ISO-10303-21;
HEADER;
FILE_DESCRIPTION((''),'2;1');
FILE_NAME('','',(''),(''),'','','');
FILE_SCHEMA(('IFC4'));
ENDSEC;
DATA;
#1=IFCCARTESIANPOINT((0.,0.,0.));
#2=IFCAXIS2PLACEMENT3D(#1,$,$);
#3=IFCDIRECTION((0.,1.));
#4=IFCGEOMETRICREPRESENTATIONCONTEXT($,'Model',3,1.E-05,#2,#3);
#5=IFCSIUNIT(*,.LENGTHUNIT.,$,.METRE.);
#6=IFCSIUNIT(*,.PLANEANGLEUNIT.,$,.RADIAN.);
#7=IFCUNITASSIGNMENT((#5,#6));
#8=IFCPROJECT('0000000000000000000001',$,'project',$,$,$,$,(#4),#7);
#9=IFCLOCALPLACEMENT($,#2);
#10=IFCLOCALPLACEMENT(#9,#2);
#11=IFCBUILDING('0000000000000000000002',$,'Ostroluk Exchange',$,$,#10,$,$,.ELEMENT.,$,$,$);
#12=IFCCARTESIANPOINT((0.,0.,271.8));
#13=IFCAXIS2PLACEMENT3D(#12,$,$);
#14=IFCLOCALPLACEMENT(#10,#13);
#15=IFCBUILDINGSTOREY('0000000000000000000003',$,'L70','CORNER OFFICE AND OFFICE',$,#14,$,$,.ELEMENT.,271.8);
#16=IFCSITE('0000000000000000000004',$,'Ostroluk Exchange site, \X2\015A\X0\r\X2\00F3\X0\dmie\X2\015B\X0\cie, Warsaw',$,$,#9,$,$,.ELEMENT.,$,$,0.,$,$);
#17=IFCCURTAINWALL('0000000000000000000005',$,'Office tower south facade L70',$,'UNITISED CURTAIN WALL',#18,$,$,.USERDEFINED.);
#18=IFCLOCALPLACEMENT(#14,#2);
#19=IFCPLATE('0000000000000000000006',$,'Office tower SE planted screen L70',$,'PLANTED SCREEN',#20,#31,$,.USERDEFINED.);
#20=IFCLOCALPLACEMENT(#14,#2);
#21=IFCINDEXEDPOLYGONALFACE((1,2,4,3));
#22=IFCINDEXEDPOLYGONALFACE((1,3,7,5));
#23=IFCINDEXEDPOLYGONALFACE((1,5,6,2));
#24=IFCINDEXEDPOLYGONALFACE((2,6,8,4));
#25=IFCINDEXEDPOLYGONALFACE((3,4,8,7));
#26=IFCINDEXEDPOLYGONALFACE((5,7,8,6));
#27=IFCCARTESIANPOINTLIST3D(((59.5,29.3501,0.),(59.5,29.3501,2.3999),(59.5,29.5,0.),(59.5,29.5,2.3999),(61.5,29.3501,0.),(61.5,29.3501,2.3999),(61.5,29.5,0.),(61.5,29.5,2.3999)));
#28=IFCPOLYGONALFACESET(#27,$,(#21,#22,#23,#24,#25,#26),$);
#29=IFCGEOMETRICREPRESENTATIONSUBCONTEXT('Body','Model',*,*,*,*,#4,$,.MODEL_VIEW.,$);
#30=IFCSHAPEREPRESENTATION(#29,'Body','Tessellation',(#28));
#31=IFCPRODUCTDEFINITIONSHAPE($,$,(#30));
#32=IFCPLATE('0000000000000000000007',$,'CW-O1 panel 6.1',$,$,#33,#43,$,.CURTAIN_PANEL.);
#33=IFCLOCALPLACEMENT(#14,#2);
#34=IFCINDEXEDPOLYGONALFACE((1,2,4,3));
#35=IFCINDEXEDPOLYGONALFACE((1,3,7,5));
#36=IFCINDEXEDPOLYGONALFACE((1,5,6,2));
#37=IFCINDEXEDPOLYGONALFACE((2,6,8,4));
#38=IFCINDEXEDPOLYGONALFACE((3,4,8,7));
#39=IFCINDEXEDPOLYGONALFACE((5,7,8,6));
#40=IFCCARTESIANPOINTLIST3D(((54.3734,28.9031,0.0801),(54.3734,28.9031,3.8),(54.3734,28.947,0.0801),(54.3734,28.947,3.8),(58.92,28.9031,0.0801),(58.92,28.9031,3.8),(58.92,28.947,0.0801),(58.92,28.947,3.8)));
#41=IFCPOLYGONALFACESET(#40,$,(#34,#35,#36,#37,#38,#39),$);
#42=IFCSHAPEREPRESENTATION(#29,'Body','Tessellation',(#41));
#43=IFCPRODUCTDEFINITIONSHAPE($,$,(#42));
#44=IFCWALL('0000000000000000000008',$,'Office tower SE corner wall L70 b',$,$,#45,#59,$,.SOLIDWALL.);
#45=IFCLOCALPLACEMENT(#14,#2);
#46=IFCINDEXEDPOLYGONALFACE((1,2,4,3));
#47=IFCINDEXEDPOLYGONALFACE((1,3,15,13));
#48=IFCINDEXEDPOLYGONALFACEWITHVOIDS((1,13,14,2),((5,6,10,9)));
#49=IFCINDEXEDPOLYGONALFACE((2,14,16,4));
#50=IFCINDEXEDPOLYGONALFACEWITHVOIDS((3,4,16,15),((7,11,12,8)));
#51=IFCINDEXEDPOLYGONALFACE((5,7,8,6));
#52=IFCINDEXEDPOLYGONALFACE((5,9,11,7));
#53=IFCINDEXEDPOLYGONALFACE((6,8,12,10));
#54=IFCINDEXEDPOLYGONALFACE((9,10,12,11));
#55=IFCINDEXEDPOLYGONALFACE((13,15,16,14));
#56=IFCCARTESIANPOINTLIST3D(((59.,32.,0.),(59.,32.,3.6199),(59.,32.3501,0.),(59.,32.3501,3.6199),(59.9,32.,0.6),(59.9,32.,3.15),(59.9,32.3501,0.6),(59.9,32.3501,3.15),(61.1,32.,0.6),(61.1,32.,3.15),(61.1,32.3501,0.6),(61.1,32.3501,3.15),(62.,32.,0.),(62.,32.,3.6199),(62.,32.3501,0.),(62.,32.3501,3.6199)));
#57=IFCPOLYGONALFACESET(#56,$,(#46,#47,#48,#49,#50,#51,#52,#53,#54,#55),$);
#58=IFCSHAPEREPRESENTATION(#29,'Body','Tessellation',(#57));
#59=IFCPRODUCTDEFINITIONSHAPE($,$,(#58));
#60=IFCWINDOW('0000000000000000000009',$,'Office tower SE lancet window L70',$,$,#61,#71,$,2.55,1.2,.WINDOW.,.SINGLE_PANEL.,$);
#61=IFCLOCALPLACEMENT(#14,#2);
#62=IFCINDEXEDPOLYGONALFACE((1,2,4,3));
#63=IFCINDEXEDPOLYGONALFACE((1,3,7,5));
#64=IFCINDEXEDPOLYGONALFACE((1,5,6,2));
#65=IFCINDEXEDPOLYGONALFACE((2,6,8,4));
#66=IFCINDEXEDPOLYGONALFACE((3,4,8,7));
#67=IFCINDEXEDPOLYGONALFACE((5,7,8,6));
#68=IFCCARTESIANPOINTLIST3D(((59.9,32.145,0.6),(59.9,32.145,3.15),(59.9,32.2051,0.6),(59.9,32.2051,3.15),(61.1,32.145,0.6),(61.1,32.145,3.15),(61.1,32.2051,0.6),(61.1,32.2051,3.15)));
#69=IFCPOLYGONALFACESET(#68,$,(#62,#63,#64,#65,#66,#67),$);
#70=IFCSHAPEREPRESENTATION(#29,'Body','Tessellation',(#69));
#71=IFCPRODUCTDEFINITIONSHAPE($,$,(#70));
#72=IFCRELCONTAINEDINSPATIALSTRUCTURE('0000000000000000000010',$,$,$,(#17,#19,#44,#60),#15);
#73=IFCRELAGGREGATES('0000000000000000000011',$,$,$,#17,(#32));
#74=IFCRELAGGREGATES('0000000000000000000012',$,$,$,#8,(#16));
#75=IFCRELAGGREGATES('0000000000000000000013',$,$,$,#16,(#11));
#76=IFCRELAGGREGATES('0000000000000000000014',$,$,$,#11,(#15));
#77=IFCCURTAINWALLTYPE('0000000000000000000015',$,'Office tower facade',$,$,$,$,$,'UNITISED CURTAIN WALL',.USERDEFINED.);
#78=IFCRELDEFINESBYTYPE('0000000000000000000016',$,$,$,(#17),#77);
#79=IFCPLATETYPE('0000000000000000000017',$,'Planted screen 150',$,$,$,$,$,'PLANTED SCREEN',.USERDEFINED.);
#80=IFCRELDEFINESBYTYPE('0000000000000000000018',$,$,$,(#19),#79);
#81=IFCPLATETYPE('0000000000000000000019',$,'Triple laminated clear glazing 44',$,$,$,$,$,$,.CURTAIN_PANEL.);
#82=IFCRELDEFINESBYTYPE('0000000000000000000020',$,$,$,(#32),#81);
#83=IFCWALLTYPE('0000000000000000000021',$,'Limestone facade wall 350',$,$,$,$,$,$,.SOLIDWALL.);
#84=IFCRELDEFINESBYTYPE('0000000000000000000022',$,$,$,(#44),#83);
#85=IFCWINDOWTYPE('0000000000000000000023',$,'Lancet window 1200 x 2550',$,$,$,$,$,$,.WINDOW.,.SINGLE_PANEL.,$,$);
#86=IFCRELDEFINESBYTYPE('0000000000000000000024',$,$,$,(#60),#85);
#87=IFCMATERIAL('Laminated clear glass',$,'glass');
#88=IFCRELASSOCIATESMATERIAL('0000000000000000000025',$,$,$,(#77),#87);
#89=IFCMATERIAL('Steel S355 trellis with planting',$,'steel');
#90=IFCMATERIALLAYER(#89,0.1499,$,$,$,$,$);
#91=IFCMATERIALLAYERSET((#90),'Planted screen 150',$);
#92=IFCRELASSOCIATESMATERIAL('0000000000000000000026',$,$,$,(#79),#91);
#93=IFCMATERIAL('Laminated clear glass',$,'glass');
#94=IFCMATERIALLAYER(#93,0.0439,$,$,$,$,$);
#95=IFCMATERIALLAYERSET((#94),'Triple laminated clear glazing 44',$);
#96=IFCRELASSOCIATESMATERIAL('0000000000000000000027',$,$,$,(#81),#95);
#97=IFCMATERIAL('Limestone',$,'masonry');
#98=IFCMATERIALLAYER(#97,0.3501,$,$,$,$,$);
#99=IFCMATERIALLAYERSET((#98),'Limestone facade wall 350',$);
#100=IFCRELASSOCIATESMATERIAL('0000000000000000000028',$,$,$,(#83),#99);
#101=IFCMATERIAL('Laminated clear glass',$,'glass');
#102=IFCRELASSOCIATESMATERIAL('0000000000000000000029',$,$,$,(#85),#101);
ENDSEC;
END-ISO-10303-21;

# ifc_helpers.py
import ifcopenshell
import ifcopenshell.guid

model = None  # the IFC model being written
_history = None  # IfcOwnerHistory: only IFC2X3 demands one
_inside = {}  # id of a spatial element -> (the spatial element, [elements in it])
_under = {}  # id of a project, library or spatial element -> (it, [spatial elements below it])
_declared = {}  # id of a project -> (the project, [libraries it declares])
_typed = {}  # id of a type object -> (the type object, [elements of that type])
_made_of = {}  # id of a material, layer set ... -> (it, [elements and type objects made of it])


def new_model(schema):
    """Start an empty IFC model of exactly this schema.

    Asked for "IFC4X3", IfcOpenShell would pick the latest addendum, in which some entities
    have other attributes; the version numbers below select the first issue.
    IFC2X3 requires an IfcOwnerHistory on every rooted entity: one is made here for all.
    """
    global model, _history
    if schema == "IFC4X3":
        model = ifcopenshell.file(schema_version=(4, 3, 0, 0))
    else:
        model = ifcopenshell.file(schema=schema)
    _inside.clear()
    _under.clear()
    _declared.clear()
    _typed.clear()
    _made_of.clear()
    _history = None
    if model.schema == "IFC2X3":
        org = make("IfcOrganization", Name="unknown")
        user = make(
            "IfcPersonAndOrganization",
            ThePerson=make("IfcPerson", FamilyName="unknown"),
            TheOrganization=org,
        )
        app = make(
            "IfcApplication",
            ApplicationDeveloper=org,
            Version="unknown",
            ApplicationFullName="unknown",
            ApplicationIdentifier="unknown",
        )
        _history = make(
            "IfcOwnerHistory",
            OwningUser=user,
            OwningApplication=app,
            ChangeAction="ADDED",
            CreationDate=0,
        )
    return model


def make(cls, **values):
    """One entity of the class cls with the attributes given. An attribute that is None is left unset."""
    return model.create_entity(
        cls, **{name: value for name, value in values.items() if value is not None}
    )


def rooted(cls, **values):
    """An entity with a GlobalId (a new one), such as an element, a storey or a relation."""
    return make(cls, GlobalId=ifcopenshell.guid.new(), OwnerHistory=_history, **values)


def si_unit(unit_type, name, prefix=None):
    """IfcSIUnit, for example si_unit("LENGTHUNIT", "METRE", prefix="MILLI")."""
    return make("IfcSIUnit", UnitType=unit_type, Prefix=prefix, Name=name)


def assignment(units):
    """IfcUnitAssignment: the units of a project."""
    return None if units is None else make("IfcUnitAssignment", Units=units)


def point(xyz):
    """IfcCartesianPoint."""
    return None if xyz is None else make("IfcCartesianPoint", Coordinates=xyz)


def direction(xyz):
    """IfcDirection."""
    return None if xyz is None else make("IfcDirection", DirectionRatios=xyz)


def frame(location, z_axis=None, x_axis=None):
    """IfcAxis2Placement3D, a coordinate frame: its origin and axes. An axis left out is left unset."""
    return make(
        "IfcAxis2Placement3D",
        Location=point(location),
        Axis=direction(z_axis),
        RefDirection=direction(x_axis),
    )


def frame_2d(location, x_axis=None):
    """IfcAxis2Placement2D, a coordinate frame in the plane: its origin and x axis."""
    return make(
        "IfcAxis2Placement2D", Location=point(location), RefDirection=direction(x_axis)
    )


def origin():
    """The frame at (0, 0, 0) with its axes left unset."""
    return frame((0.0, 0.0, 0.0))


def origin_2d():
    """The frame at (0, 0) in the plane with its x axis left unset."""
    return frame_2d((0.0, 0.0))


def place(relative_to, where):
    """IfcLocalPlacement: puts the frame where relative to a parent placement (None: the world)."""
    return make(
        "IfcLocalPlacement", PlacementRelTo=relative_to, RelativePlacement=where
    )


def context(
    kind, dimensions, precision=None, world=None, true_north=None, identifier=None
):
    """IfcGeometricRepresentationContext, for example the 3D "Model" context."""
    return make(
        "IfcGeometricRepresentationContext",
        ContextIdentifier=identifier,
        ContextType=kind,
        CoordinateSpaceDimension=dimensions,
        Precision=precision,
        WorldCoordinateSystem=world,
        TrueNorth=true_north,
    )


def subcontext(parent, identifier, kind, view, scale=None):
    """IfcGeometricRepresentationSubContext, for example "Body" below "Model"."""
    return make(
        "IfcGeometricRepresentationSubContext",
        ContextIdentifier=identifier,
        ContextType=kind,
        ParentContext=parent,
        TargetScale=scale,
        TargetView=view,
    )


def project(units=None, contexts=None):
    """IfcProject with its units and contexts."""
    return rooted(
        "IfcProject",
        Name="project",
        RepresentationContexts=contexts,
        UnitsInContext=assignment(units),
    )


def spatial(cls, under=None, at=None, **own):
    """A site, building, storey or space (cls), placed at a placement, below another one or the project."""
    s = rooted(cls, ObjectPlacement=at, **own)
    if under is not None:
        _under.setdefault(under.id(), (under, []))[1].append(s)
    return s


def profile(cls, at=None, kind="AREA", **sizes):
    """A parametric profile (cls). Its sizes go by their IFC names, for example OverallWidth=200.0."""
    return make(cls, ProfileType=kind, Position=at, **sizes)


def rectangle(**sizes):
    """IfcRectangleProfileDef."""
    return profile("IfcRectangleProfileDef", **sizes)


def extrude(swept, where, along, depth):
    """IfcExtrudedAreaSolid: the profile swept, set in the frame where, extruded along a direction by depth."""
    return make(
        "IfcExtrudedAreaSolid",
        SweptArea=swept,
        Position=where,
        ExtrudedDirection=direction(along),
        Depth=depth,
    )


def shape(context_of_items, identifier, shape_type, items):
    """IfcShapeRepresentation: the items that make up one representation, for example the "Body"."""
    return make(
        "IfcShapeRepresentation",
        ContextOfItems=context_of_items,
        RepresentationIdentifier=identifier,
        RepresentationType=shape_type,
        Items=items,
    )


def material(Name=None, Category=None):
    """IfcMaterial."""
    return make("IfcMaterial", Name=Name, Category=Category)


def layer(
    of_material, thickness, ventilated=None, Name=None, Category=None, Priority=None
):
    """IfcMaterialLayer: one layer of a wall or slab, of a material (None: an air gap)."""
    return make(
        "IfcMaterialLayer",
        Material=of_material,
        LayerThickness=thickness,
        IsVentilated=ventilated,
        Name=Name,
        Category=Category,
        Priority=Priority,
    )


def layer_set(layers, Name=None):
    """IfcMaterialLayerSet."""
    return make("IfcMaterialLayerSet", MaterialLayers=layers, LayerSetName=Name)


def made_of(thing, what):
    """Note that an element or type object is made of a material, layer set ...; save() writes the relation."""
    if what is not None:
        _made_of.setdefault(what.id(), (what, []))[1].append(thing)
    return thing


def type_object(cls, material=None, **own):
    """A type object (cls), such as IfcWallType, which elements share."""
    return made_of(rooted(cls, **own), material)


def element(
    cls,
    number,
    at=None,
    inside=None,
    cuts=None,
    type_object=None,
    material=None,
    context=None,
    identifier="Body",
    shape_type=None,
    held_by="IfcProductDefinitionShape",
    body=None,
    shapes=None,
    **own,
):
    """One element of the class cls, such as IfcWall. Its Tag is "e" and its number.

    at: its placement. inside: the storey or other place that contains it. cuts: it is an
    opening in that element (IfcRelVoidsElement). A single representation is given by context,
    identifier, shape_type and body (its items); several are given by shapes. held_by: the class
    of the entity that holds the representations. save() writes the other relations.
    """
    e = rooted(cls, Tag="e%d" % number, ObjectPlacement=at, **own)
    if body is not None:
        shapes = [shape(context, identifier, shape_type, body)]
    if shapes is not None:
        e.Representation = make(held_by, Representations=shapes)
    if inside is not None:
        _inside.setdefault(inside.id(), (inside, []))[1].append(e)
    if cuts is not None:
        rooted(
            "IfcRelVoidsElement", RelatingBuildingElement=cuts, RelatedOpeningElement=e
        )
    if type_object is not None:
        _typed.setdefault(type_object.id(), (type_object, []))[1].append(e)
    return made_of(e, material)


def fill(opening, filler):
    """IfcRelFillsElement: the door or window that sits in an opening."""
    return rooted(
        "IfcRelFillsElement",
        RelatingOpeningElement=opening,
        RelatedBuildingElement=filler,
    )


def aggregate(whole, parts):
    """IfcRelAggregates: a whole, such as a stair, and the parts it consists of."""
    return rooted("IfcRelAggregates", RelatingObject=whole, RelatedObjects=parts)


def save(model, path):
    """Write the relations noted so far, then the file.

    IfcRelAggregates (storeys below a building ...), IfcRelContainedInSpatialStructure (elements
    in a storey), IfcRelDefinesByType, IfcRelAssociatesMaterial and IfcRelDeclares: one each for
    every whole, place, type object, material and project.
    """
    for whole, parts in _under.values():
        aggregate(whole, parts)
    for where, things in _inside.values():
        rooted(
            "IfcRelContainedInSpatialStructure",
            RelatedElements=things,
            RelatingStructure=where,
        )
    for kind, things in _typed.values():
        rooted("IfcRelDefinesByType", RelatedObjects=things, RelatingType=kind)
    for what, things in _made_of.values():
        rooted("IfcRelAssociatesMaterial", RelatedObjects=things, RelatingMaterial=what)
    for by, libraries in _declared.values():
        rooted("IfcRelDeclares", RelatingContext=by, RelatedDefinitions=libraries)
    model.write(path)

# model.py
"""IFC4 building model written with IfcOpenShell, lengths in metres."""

from ifc_helpers import new_model, si_unit, direction, frame, frame_2d, origin, origin_2d, place, context, subcontext, project, spatial, rectangle, extrude, material, layer, layer_set, type_object, element, fill, aggregate, save


model = new_model("IFC4")

# Units and contexts
model_context = context("Model", 3, precision=1e-05, world=origin(), true_north=direction((0.0, 1.0)))
body_context = subcontext(model_context, "Body", "Model", "MODEL_VIEW")
ifc_project = project(units=[si_unit("LENGTHUNIT", "METRE"), si_unit("PLANEANGLEUNIT", "RADIAN")], contexts=[model_context])

# Site, building, storey
site_placement = place(None, origin())
site = spatial("IfcSite", under=ifc_project, at=site_placement, Name="Ostroluk Exchange site, Śródmieście, Warsaw", CompositionType="ELEMENT", RefElevation=0.0)
building_placement = place(site_placement, origin())
building = spatial("IfcBuilding", under=site, at=building_placement, Name="Ostroluk Exchange", CompositionType="ELEMENT")
storey_placement = place(building_placement, frame((0.0, 0.0, 271.8)))
storey = spatial("IfcBuildingStorey", under=building, at=storey_placement, Name="L70", Description="CORNER OFFICE AND OFFICE", CompositionType="ELEMENT", Elevation=271.8)

# Curtain wall
ifc_material_1 = material(Name="Laminated clear glass", Category="glass")
curtain_wall_type = type_object("IfcCurtainWallType", Name="Office tower facade", ElementType="UNITISED CURTAIN WALL", PredefinedType="USERDEFINED", material=ifc_material_1)
curtain_wall_1_placement = place(storey_placement, origin())
curtain_wall_1 = element("IfcCurtainWall", 1, at=curtain_wall_1_placement, inside=storey, type_object=curtain_wall_type, Name="Office tower south facade L70", ObjectType="UNITISED CURTAIN WALL", PredefinedType="USERDEFINED")

# Plates
ifc_material_2 = material(Name="Steel S355 trellis with planting", Category="steel")
ifc_layer_1 = layer(ifc_material_2, 0.1499)
ifc_layer_set_1 = layer_set([ifc_layer_1], Name="Planted screen 150")
plate_type_1 = type_object("IfcPlateType", Name="Planted screen 150", ElementType="PLANTED SCREEN", PredefinedType="USERDEFINED", material=ifc_layer_set_1)
plate_1_placement = place(storey_placement, frame((60.5, 29.425, 0.0), z_axis=(0.0, 0.0, 1.0), x_axis=(1.0, 0.0, 0.0)))
element("IfcPlate", 2, at=plate_1_placement, inside=storey, type_object=plate_type_1, Name="Office tower SE planted screen L70", ObjectType="PLANTED SCREEN", PredefinedType="USERDEFINED", context=body_context, shape_type="SweptSolid", body=[
    extrude(rectangle(XDim=2.0, YDim=0.1499, at=origin_2d()), origin(), (0.0, 0.0, 1.0), 2.3999),
])
ifc_material_3 = material(Name="Laminated clear glass", Category="glass")
ifc_layer_2 = layer(ifc_material_3, 0.0439)
ifc_layer_set_2 = layer_set([ifc_layer_2], Name="Triple laminated clear glazing 44")
plate_type_2 = type_object("IfcPlateType", Name="Triple laminated clear glazing 44", PredefinedType="CURTAIN_PANEL", material=ifc_layer_set_2)
plate_2_placement = place(storey_placement, frame((56.6467, 28.925, 0.0801), z_axis=(0.0, 0.0, 1.0), x_axis=(1.0, 0.0, 0.0)))
plate_2 = element("IfcPlate", 3, at=plate_2_placement, type_object=plate_type_2, Name="CW-O1 panel 6.1", PredefinedType="CURTAIN_PANEL", context=body_context, shape_type="SweptSolid", body=[
    extrude(rectangle(XDim=4.5466, YDim=0.0439, at=origin_2d()), origin(), (0.0, 0.0, 1.0), 3.72),
])
aggregate(curtain_wall_1, [plate_2])

# Shared definitions
ifc_material_4 = material(Name="Limestone", Category="masonry")
ifc_layer_3 = layer(ifc_material_4, 0.3501)
ifc_layer_set_3 = layer_set([ifc_layer_3], Name="Limestone facade wall 350")
wall_type = type_object("IfcWallType", Name="Limestone facade wall 350", PredefinedType="SOLIDWALL", material=ifc_layer_set_3)

# Wall, opening, window
wall_1_placement = place(storey_placement, frame((59.0, 32.175, 0.0), z_axis=(0.0, 0.0, 1.0), x_axis=(1.0, 0.0, 0.0)))
wall_1 = element("IfcWall", 4, at=wall_1_placement, inside=storey, type_object=wall_type, Name="Office tower SE corner wall L70 b", PredefinedType="SOLIDWALL", context=body_context, shape_type="SweptSolid", body=[
    extrude(rectangle(XDim=3.0, YDim=0.3501, at=frame_2d((1.5, 0.0))), origin(), (0.0, 0.0, 1.0), 3.6199),
])
opening_1_placement = place(wall_1_placement, frame((0.8999, 0.0, 0.6001)))
opening_1 = element("IfcOpeningElement", 5, at=opening_1_placement, cuts=wall_1, PredefinedType="OPENING", context=body_context, shape_type="SweptSolid", body=[
    extrude(rectangle(XDim=1.2, YDim=2.55, at=frame_2d((0.6001, 1.2749))), frame((0.0, 0.1851, 0.0), z_axis=(0.0, -1.0, 0.0), x_axis=(1.0, 0.0, 0.0)), (0.0, 0.0, 1.0), 0.3701),
])
ifc_material_5 = material(Name="Laminated clear glass", Category="glass")
window_type = type_object("IfcWindowType", Name="Lancet window 1200 x 2550", PartitioningType="SINGLE_PANEL", PredefinedType="WINDOW", material=ifc_material_5)
window_placement = place(opening_1_placement, origin())
window = element("IfcWindow", 6, at=window_placement, inside=storey, type_object=window_type, Name="Office tower SE lancet window L70", OverallHeight=2.55, OverallWidth=1.2, PartitioningType="SINGLE_PANEL", PredefinedType="WINDOW", context=body_context, shape_type="SweptSolid", body=[
    extrude(rectangle(XDim=1.2, YDim=2.55, at=frame_2d((0.6001, 1.2749))), frame((0.0, 0.03, 0.0), z_axis=(0.0, -1.0, 0.0), x_axis=(1.0, 0.0, 0.0)), (0.0, 0.0, 1.0), 0.0601),
])
fill(opening_1, window)

save(model, "model.ifc")
